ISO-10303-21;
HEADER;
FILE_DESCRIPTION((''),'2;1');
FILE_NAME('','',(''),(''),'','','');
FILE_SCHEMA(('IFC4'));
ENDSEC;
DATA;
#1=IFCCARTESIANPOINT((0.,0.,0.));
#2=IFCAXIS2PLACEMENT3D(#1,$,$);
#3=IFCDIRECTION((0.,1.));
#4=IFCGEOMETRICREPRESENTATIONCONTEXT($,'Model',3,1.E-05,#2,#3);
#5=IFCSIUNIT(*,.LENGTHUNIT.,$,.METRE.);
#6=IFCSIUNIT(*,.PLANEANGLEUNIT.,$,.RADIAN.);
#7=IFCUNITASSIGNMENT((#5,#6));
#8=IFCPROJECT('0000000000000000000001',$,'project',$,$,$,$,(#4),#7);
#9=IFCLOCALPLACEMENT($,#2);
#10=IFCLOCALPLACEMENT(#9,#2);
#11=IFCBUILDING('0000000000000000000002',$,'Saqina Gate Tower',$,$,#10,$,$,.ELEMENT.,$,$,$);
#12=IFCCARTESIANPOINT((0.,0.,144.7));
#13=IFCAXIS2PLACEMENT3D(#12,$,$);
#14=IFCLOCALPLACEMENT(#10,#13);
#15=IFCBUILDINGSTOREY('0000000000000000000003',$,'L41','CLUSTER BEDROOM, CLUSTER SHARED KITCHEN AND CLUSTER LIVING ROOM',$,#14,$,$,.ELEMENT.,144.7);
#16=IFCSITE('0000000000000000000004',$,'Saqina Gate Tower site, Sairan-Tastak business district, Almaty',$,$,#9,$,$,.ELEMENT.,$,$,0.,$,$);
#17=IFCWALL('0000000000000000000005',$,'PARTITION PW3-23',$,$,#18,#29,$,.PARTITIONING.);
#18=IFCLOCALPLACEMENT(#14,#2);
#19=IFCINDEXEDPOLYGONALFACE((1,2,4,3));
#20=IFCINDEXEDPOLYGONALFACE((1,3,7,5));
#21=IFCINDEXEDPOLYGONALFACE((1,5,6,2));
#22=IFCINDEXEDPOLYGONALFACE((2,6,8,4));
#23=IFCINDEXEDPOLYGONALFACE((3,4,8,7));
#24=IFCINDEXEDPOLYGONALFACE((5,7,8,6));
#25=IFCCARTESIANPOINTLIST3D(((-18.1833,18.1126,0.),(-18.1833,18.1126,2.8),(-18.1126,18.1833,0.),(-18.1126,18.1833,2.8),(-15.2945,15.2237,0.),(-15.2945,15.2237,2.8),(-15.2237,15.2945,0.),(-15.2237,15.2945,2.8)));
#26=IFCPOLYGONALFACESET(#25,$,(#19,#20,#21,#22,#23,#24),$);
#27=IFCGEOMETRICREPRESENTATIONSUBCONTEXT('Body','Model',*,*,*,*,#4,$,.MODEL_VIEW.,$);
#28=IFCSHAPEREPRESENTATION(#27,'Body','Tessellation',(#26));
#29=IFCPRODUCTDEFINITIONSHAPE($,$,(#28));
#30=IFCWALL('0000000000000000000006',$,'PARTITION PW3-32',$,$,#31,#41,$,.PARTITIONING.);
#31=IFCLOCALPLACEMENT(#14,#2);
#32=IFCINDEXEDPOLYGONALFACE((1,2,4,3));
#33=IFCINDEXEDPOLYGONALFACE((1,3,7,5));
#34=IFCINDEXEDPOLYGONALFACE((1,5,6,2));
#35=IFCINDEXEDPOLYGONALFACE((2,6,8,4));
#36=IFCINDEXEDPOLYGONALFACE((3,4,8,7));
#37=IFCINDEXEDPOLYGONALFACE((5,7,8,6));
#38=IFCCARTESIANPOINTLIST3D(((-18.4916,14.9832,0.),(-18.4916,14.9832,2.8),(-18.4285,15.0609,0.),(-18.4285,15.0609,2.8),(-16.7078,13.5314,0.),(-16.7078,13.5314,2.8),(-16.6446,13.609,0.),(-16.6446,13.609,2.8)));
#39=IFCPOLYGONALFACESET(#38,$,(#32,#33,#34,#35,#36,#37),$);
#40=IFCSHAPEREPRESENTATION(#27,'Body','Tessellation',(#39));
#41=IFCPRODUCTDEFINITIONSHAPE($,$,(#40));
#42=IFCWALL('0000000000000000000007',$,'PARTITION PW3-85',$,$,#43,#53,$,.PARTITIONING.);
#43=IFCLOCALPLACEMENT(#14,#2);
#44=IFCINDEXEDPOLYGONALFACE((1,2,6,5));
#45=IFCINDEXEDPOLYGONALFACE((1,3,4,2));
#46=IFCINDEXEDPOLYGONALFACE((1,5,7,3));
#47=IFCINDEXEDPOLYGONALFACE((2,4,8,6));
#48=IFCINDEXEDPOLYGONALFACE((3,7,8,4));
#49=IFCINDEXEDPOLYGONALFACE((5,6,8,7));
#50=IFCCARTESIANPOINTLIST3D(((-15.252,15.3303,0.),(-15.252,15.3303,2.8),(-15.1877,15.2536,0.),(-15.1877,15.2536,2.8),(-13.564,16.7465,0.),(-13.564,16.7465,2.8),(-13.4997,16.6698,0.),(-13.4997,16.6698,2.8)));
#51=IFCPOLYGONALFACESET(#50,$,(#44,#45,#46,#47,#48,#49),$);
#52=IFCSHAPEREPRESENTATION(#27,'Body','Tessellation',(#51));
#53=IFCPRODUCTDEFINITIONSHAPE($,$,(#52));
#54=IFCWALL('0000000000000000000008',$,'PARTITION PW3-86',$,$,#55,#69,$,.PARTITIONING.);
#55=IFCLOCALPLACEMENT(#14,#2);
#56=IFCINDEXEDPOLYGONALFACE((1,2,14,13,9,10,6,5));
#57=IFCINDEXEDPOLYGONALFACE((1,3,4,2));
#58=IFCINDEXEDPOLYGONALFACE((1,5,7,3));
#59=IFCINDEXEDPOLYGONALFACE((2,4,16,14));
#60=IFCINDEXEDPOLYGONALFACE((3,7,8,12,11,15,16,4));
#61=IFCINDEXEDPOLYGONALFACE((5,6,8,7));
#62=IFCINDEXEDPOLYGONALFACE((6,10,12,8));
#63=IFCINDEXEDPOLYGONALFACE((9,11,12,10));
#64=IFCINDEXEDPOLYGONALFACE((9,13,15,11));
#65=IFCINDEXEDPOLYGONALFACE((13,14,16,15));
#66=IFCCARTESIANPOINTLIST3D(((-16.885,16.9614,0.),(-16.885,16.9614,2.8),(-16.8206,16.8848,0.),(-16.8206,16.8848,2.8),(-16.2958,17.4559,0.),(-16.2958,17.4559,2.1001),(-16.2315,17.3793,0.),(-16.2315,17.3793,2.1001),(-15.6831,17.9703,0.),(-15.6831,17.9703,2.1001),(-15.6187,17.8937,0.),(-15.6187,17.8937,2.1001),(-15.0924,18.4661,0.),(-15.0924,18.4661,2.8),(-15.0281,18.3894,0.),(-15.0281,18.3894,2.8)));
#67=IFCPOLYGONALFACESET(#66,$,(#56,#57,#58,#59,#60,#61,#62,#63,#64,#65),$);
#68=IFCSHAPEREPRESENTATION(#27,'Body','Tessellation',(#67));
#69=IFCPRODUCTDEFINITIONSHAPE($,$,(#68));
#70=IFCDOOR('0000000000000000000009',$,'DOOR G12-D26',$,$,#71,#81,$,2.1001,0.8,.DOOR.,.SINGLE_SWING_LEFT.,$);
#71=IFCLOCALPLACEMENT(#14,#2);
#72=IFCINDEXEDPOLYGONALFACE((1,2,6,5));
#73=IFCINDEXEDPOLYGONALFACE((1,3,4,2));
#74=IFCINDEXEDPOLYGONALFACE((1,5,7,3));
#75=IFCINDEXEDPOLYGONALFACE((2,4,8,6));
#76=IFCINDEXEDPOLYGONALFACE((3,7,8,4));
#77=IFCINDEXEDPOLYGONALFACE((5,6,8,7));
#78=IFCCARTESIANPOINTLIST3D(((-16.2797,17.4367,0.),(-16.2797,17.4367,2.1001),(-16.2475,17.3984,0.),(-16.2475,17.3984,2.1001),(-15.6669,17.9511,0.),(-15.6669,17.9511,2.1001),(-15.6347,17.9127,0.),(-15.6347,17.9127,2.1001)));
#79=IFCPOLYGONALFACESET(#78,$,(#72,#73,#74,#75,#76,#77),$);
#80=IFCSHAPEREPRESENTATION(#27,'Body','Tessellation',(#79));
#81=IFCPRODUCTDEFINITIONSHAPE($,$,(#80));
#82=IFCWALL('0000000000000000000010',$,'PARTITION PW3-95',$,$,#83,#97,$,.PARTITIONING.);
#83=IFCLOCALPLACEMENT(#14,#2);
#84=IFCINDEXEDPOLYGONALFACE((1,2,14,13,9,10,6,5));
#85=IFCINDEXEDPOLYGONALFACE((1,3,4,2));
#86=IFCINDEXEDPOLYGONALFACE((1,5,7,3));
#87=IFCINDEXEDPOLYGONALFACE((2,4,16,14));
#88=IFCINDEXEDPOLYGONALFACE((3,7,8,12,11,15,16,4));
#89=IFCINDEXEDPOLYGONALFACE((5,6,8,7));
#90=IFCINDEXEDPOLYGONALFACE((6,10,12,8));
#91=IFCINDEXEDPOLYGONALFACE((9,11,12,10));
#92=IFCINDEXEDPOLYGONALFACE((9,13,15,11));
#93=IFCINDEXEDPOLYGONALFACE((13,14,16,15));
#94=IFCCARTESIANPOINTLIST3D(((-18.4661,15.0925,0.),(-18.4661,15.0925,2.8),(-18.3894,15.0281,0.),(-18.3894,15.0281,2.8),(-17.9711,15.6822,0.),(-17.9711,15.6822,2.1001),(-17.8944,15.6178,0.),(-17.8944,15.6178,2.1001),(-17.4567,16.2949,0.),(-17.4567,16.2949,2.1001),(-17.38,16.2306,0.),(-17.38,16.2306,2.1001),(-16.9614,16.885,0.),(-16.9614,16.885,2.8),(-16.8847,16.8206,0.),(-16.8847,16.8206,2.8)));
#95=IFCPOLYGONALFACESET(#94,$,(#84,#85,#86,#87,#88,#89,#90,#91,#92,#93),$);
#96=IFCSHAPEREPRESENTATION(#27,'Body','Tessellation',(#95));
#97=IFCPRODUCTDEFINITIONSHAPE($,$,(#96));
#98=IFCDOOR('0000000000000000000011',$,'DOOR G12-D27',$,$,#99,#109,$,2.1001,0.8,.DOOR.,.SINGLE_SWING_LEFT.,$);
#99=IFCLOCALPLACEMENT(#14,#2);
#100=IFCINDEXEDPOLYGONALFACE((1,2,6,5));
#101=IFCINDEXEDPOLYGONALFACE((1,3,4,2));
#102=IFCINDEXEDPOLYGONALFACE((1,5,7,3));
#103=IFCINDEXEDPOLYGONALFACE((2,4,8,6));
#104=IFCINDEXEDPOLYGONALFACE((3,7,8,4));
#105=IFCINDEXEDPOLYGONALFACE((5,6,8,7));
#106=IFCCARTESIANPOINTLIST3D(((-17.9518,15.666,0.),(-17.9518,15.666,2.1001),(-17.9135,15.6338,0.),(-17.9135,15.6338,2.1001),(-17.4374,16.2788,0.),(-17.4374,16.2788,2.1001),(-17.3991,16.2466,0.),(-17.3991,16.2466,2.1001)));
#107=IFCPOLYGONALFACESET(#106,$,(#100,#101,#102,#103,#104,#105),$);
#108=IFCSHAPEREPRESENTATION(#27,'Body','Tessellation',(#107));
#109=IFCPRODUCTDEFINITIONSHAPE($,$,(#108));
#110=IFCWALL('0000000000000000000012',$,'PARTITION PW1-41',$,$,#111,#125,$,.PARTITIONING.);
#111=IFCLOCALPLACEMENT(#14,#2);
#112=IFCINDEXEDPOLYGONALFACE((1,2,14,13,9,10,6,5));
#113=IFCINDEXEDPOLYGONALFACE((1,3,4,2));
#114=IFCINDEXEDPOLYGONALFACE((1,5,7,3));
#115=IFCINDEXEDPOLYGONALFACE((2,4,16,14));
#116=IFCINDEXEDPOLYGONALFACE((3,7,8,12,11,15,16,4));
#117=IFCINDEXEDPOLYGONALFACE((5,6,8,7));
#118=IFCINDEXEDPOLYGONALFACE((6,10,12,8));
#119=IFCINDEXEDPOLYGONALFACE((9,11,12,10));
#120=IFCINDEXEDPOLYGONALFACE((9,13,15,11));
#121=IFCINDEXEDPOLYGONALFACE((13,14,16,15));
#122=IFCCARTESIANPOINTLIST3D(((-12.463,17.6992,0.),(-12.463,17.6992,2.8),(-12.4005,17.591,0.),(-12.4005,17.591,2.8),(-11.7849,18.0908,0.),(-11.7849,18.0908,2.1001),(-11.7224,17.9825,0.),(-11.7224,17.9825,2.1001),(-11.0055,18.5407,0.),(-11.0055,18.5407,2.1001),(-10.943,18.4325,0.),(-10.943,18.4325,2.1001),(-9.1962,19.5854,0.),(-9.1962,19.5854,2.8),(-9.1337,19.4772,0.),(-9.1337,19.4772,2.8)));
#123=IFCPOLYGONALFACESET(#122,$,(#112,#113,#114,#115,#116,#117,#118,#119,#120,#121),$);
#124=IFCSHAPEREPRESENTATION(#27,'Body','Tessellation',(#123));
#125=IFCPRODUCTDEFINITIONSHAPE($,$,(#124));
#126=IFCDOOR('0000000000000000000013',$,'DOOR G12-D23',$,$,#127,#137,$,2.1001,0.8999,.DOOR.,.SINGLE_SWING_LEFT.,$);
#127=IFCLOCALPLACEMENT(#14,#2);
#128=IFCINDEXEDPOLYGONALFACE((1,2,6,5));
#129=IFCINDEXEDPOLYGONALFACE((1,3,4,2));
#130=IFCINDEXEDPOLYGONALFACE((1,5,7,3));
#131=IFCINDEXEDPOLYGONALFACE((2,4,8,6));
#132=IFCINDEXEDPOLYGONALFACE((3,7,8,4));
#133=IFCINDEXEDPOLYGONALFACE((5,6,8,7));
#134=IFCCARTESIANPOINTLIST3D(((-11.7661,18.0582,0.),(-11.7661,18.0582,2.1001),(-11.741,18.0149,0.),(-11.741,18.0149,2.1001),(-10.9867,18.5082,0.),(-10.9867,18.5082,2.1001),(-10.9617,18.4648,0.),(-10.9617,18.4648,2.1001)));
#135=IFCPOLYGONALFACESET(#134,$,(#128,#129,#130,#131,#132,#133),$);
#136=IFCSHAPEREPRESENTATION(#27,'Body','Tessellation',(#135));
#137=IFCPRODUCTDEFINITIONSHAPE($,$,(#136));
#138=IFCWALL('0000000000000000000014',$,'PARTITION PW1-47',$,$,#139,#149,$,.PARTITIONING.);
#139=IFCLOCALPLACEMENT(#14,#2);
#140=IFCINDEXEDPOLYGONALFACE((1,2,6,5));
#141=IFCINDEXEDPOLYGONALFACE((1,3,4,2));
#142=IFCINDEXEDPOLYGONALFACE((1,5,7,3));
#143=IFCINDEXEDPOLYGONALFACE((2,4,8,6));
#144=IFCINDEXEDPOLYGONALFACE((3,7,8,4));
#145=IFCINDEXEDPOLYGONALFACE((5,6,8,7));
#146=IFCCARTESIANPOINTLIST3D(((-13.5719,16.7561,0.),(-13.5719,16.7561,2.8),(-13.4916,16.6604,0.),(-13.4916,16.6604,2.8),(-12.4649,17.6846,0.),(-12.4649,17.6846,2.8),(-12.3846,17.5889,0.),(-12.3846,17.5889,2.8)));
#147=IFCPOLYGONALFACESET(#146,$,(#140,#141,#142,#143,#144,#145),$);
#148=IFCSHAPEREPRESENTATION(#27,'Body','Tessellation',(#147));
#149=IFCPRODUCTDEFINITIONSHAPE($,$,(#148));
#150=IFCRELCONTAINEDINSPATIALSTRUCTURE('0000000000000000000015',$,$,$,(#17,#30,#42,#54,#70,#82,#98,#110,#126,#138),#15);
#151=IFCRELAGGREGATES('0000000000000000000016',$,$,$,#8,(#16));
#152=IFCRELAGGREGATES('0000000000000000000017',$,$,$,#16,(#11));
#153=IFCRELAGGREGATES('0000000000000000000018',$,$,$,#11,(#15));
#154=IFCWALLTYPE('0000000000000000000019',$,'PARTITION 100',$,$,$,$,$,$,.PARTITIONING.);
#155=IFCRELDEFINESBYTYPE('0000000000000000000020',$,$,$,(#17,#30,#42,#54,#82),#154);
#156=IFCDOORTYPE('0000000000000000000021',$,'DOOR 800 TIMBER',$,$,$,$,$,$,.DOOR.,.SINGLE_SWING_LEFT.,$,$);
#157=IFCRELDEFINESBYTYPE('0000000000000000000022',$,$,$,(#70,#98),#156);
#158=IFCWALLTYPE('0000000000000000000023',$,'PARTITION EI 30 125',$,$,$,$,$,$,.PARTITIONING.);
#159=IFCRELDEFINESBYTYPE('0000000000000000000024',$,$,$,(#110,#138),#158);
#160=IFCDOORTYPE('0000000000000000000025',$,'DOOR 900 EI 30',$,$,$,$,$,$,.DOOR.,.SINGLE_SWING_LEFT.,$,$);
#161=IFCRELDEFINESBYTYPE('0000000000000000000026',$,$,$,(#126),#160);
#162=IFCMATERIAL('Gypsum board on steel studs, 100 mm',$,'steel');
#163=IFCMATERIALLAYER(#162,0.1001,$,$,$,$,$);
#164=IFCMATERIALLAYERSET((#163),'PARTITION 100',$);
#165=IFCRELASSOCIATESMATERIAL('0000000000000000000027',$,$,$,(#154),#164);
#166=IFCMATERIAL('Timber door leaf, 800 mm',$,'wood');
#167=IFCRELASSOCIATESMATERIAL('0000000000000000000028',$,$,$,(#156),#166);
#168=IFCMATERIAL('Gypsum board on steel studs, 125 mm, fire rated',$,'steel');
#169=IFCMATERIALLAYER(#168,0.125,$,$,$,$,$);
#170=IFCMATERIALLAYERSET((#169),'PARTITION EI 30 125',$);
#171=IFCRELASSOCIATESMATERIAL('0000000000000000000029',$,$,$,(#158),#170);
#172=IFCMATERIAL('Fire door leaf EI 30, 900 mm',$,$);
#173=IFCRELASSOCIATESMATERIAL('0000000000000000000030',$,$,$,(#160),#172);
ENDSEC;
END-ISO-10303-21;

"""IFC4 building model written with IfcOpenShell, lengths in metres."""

from ifc_helpers import new_model, si_unit, direction, frame, frame_2d, origin, place, context, subcontext, project, spatial, rectangle, extrude, material, layer, layer_set, type_object, element, fill, save


model = new_model("IFC4")

# Units and contexts
model_context = context("Model", 3, precision=1e-05, world=origin(), true_north=direction((0.0, 1.0)))
body_context = subcontext(model_context, "Body", "Model", "MODEL_VIEW")
ifc_project = project(units=[si_unit("LENGTHUNIT", "METRE"), si_unit("PLANEANGLEUNIT", "RADIAN")], contexts=[model_context])

# Site, building, storey
site_placement = place(None, origin())
site = spatial("IfcSite", under=ifc_project, at=site_placement, Name="Saqina Gate Tower site, Sairan-Tastak business district, Almaty", CompositionType="ELEMENT", RefElevation=0.0)
building_placement = place(site_placement, origin())
building = spatial("IfcBuilding", under=site, at=building_placement, Name="Saqina Gate Tower", CompositionType="ELEMENT")
storey_placement = place(building_placement, frame((0.0, 0.0, 144.7)))
storey = spatial("IfcBuildingStorey", under=building, at=storey_placement, Name="L41", Description="CLUSTER BEDROOM, CLUSTER SHARED KITCHEN AND CLUSTER LIVING ROOM", CompositionType="ELEMENT", Elevation=144.7)

# Shared definitions
ifc_material_1 = material(Name="Gypsum board on steel studs, 100 mm", Category="steel")
ifc_layer_1 = layer(ifc_material_1, 0.1001)
ifc_layer_set_1 = layer_set([ifc_layer_1], Name="PARTITION 100")
wall_type_1 = type_object("IfcWallType", Name="PARTITION 100", PredefinedType="PARTITIONING", material=ifc_layer_set_1)

# Walls
wall_1_placement = place(storey_placement, frame((-18.1479, 18.1479, 0.0), z_axis=(0.0, 0.0, 1.0), x_axis=(0.707107, -0.707107, 0.0)))
element("IfcWall", 1, at=wall_1_placement, inside=storey, type_object=wall_type_1, Name="PARTITION PW3-23", PredefinedType="PARTITIONING", context=body_context, shape_type="SweptSolid", body=[
    extrude(rectangle(XDim=4.0854, YDim=0.1001, at=frame_2d((2.0427, 0.0))), origin(), (0.0, 0.0, 1.0), 2.8),
])
wall_2_placement = place(storey_placement, frame((-18.46, 15.022, 0.0), z_axis=(0.0, 0.0, 1.0), x_axis=(0.775591, -0.631236, 0.0)))
element("IfcWall", 2, at=wall_2_placement, inside=storey, type_object=wall_type_1, Name="PARTITION PW3-32", PredefinedType="PARTITIONING", context=body_context, shape_type="SweptSolid", body=[
    extrude(rectangle(XDim=2.3, YDim=0.1001, at=frame_2d((1.1499, 0.0))), origin(), (0.0, 0.0, 1.0), 2.8),
])
wall_3_placement = place(storey_placement, frame((-15.2197, 15.292, 0.0), z_axis=(0.0, 0.0, 1.0), x_axis=(0.766074, 0.642753, 0.0)))
element("IfcWall", 3, at=wall_3_placement, inside=storey, type_object=wall_type_1, Name="PARTITION PW3-85", PredefinedType="PARTITIONING", context=body_context, shape_type="SweptSolid", body=[
    extrude(rectangle(XDim=2.2034, YDim=0.1001, at=frame_2d((1.1016, 0.0))), origin(), (0.0, 0.0, 1.0), 2.8),
])

# Walls, openings, doors
wall_4_placement = place(storey_placement, frame((-16.8528, 16.9231, 0.0), z_axis=(0.0, 0.0, 1.0), x_axis=(0.765925, 0.64293, 0.0)))
wall_4 = element("IfcWall", 4, at=wall_4_placement, inside=storey, type_object=wall_type_1, Name="PARTITION PW3-86", PredefinedType="PARTITIONING", context=body_context, shape_type="SweptSolid", body=[
    extrude(rectangle(XDim=2.3403, YDim=0.1001, at=frame_2d((1.1702, 0.0))), origin(), (0.0, 0.0, 1.0), 2.8),
])
opening_1_placement = place(wall_4_placement, frame((0.7693, 0.0, 0.0)))
opening_1 = element("IfcOpeningElement", 5, at=opening_1_placement, cuts=wall_4, PredefinedType="OPENING", context=body_context, shape_type="SweptSolid", body=[
    extrude(rectangle(XDim=0.8, YDim=2.1001, at=frame_2d((0.3999, 1.05))), frame((0.0, 0.062, 0.0), z_axis=(0.0, -1.0, 0.0), x_axis=(1.0, 0.0, 0.0)), (0.0, 0.0, 1.0), 0.124),
])
ifc_material_2 = material(Name="Timber door leaf, 800 mm", Category="wood")
door_type_1 = type_object("IfcDoorType", Name="DOOR 800 TIMBER", OperationType="SINGLE_SWING_LEFT", PredefinedType="DOOR", material=ifc_material_2)
door_1_placement = place(opening_1_placement, origin())
door_1 = element("IfcDoor", 6, at=door_1_placement, inside=storey, type_object=door_type_1, Name="DOOR G12-D26", OperationType="SINGLE_SWING_LEFT", OverallHeight=2.1001, OverallWidth=0.8, PredefinedType="DOOR", context=body_context, shape_type="SweptSolid", body=[
    extrude(rectangle(XDim=0.8, YDim=2.1001, at=frame_2d((0.3999, 1.05))), frame((0.0, 0.0249, 0.0), z_axis=(0.0, -1.0, 0.0), x_axis=(1.0, 0.0, 0.0)), (0.0, 0.0, 1.0), 0.05),
])
fill(opening_1, door_1)
wall_5_placement = place(storey_placement, frame((-18.4277, 15.0603, 0.0), z_axis=(0.0, 0.0, 1.0), x_axis=(0.64293, 0.765925, 0.0)))
wall_5 = element("IfcWall", 7, at=wall_5_placement, inside=storey, type_object=wall_type_1, Name="PARTITION PW3-95", PredefinedType="PARTITIONING", context=body_context, shape_type="SweptSolid", body=[
    extrude(rectangle(XDim=2.3403, YDim=0.1001, at=frame_2d((1.1702, 0.0))), origin(), (0.0, 0.0, 1.0), 2.8),
])
opening_2_placement = place(wall_5_placement, frame((0.77, 0.0, 0.0)))
opening_2 = element("IfcOpeningElement", 8, at=opening_2_placement, cuts=wall_5, PredefinedType="OPENING", context=body_context, shape_type="SweptSolid", body=[
    extrude(rectangle(XDim=0.8, YDim=2.1001, at=frame_2d((0.3999, 1.05))), frame((0.0, 0.062, 0.0), z_axis=(0.0, -1.0, 0.0), x_axis=(1.0, 0.0, 0.0)), (0.0, 0.0, 1.0), 0.124),
])
door_2_placement = place(opening_2_placement, origin())
door_2 = element("IfcDoor", 9, at=door_2_placement, inside=storey, type_object=door_type_1, Name="DOOR G12-D27", OperationType="SINGLE_SWING_LEFT", OverallHeight=2.1001, OverallWidth=0.8, PredefinedType="DOOR", context=body_context, shape_type="SweptSolid", body=[
    extrude(rectangle(XDim=0.8, YDim=2.1001, at=frame_2d((0.3999, 1.05))), frame((0.0, 0.0249, 0.0), z_axis=(0.0, -1.0, 0.0), x_axis=(1.0, 0.0, 0.0)), (0.0, 0.0, 1.0), 0.05),
])
fill(opening_2, door_2)
ifc_material_3 = material(Name="Gypsum board on steel studs, 125 mm, fire rated", Category="steel")
ifc_layer_2 = layer(ifc_material_3, 0.125)
ifc_layer_set_2 = layer_set([ifc_layer_2], Name="PARTITION EI 30 125")
wall_type_2 = type_object("IfcWallType", Name="PARTITION EI 30 125", PredefinedType="PARTITIONING", material=ifc_layer_set_2)
wall_6_placement = place(storey_placement, frame((-12.4319, 17.645, 0.0), z_axis=(0.0, 0.0, 1.0), x_axis=(0.866012, 0.500023, 0.0)))
wall_6 = element("IfcWall", 10, at=wall_6_placement, inside=storey, type_object=wall_type_2, Name="PARTITION PW1-41", PredefinedType="PARTITIONING", context=body_context, shape_type="SweptSolid", body=[
    extrude(rectangle(XDim=3.7722, YDim=0.125, at=frame_2d((1.8862, 0.0))), origin(), (0.0, 0.0, 1.0), 2.8),
])
opening_3_placement = place(wall_6_placement, frame((0.7832, 0.0, 0.0)))
opening_3 = element("IfcOpeningElement", 11, at=opening_3_placement, cuts=wall_6, PredefinedType="OPENING", context=body_context, shape_type="SweptSolid", body=[
    extrude(rectangle(XDim=0.8999, YDim=2.1001, at=frame_2d((0.45, 1.05))), frame((0.0, 0.0745, 0.0), z_axis=(0.0, -1.0, 0.0), x_axis=(1.0, 0.0, 0.0)), (0.0, 0.0, 1.0), 0.1489),
])
ifc_material_4 = material(Name="Fire door leaf EI 30, 900 mm")
door_type_2 = type_object("IfcDoorType", Name="DOOR 900 EI 30", OperationType="SINGLE_SWING_LEFT", PredefinedType="DOOR", material=ifc_material_4)
door_3_placement = place(opening_3_placement, origin())
door_3 = element("IfcDoor", 12, at=door_3_placement, inside=storey, type_object=door_type_2, Name="DOOR G12-D23", OperationType="SINGLE_SWING_LEFT", OverallHeight=2.1001, OverallWidth=0.8999, PredefinedType="DOOR", context=body_context, shape_type="SweptSolid", body=[
    extrude(rectangle(XDim=0.8999, YDim=2.1001, at=frame_2d((0.45, 1.05))), frame((0.0, 0.0249, 0.0), z_axis=(0.0, -1.0, 0.0), x_axis=(1.0, 0.0, 0.0)), (0.0, 0.0, 1.0), 0.05),
])
fill(opening_3, door_3)

# Wall
wall_7_placement = place(storey_placement, frame((-13.5317, 16.7083, 0.0), z_axis=(0.0, 0.0, 1.0), x_axis=(0.766167, 0.642641, 0.0)))
element("IfcWall", 13, at=wall_7_placement, inside=storey, type_object=wall_type_2, Name="PARTITION PW1-47", PredefinedType="PARTITIONING", context=body_context, shape_type="SweptSolid", body=[
    extrude(rectangle(XDim=1.4448, YDim=0.125, at=frame_2d((0.7224, 0.0))), origin(), (0.0, 0.0, 1.0), 2.8),
])

save(model, "model.ifc")
